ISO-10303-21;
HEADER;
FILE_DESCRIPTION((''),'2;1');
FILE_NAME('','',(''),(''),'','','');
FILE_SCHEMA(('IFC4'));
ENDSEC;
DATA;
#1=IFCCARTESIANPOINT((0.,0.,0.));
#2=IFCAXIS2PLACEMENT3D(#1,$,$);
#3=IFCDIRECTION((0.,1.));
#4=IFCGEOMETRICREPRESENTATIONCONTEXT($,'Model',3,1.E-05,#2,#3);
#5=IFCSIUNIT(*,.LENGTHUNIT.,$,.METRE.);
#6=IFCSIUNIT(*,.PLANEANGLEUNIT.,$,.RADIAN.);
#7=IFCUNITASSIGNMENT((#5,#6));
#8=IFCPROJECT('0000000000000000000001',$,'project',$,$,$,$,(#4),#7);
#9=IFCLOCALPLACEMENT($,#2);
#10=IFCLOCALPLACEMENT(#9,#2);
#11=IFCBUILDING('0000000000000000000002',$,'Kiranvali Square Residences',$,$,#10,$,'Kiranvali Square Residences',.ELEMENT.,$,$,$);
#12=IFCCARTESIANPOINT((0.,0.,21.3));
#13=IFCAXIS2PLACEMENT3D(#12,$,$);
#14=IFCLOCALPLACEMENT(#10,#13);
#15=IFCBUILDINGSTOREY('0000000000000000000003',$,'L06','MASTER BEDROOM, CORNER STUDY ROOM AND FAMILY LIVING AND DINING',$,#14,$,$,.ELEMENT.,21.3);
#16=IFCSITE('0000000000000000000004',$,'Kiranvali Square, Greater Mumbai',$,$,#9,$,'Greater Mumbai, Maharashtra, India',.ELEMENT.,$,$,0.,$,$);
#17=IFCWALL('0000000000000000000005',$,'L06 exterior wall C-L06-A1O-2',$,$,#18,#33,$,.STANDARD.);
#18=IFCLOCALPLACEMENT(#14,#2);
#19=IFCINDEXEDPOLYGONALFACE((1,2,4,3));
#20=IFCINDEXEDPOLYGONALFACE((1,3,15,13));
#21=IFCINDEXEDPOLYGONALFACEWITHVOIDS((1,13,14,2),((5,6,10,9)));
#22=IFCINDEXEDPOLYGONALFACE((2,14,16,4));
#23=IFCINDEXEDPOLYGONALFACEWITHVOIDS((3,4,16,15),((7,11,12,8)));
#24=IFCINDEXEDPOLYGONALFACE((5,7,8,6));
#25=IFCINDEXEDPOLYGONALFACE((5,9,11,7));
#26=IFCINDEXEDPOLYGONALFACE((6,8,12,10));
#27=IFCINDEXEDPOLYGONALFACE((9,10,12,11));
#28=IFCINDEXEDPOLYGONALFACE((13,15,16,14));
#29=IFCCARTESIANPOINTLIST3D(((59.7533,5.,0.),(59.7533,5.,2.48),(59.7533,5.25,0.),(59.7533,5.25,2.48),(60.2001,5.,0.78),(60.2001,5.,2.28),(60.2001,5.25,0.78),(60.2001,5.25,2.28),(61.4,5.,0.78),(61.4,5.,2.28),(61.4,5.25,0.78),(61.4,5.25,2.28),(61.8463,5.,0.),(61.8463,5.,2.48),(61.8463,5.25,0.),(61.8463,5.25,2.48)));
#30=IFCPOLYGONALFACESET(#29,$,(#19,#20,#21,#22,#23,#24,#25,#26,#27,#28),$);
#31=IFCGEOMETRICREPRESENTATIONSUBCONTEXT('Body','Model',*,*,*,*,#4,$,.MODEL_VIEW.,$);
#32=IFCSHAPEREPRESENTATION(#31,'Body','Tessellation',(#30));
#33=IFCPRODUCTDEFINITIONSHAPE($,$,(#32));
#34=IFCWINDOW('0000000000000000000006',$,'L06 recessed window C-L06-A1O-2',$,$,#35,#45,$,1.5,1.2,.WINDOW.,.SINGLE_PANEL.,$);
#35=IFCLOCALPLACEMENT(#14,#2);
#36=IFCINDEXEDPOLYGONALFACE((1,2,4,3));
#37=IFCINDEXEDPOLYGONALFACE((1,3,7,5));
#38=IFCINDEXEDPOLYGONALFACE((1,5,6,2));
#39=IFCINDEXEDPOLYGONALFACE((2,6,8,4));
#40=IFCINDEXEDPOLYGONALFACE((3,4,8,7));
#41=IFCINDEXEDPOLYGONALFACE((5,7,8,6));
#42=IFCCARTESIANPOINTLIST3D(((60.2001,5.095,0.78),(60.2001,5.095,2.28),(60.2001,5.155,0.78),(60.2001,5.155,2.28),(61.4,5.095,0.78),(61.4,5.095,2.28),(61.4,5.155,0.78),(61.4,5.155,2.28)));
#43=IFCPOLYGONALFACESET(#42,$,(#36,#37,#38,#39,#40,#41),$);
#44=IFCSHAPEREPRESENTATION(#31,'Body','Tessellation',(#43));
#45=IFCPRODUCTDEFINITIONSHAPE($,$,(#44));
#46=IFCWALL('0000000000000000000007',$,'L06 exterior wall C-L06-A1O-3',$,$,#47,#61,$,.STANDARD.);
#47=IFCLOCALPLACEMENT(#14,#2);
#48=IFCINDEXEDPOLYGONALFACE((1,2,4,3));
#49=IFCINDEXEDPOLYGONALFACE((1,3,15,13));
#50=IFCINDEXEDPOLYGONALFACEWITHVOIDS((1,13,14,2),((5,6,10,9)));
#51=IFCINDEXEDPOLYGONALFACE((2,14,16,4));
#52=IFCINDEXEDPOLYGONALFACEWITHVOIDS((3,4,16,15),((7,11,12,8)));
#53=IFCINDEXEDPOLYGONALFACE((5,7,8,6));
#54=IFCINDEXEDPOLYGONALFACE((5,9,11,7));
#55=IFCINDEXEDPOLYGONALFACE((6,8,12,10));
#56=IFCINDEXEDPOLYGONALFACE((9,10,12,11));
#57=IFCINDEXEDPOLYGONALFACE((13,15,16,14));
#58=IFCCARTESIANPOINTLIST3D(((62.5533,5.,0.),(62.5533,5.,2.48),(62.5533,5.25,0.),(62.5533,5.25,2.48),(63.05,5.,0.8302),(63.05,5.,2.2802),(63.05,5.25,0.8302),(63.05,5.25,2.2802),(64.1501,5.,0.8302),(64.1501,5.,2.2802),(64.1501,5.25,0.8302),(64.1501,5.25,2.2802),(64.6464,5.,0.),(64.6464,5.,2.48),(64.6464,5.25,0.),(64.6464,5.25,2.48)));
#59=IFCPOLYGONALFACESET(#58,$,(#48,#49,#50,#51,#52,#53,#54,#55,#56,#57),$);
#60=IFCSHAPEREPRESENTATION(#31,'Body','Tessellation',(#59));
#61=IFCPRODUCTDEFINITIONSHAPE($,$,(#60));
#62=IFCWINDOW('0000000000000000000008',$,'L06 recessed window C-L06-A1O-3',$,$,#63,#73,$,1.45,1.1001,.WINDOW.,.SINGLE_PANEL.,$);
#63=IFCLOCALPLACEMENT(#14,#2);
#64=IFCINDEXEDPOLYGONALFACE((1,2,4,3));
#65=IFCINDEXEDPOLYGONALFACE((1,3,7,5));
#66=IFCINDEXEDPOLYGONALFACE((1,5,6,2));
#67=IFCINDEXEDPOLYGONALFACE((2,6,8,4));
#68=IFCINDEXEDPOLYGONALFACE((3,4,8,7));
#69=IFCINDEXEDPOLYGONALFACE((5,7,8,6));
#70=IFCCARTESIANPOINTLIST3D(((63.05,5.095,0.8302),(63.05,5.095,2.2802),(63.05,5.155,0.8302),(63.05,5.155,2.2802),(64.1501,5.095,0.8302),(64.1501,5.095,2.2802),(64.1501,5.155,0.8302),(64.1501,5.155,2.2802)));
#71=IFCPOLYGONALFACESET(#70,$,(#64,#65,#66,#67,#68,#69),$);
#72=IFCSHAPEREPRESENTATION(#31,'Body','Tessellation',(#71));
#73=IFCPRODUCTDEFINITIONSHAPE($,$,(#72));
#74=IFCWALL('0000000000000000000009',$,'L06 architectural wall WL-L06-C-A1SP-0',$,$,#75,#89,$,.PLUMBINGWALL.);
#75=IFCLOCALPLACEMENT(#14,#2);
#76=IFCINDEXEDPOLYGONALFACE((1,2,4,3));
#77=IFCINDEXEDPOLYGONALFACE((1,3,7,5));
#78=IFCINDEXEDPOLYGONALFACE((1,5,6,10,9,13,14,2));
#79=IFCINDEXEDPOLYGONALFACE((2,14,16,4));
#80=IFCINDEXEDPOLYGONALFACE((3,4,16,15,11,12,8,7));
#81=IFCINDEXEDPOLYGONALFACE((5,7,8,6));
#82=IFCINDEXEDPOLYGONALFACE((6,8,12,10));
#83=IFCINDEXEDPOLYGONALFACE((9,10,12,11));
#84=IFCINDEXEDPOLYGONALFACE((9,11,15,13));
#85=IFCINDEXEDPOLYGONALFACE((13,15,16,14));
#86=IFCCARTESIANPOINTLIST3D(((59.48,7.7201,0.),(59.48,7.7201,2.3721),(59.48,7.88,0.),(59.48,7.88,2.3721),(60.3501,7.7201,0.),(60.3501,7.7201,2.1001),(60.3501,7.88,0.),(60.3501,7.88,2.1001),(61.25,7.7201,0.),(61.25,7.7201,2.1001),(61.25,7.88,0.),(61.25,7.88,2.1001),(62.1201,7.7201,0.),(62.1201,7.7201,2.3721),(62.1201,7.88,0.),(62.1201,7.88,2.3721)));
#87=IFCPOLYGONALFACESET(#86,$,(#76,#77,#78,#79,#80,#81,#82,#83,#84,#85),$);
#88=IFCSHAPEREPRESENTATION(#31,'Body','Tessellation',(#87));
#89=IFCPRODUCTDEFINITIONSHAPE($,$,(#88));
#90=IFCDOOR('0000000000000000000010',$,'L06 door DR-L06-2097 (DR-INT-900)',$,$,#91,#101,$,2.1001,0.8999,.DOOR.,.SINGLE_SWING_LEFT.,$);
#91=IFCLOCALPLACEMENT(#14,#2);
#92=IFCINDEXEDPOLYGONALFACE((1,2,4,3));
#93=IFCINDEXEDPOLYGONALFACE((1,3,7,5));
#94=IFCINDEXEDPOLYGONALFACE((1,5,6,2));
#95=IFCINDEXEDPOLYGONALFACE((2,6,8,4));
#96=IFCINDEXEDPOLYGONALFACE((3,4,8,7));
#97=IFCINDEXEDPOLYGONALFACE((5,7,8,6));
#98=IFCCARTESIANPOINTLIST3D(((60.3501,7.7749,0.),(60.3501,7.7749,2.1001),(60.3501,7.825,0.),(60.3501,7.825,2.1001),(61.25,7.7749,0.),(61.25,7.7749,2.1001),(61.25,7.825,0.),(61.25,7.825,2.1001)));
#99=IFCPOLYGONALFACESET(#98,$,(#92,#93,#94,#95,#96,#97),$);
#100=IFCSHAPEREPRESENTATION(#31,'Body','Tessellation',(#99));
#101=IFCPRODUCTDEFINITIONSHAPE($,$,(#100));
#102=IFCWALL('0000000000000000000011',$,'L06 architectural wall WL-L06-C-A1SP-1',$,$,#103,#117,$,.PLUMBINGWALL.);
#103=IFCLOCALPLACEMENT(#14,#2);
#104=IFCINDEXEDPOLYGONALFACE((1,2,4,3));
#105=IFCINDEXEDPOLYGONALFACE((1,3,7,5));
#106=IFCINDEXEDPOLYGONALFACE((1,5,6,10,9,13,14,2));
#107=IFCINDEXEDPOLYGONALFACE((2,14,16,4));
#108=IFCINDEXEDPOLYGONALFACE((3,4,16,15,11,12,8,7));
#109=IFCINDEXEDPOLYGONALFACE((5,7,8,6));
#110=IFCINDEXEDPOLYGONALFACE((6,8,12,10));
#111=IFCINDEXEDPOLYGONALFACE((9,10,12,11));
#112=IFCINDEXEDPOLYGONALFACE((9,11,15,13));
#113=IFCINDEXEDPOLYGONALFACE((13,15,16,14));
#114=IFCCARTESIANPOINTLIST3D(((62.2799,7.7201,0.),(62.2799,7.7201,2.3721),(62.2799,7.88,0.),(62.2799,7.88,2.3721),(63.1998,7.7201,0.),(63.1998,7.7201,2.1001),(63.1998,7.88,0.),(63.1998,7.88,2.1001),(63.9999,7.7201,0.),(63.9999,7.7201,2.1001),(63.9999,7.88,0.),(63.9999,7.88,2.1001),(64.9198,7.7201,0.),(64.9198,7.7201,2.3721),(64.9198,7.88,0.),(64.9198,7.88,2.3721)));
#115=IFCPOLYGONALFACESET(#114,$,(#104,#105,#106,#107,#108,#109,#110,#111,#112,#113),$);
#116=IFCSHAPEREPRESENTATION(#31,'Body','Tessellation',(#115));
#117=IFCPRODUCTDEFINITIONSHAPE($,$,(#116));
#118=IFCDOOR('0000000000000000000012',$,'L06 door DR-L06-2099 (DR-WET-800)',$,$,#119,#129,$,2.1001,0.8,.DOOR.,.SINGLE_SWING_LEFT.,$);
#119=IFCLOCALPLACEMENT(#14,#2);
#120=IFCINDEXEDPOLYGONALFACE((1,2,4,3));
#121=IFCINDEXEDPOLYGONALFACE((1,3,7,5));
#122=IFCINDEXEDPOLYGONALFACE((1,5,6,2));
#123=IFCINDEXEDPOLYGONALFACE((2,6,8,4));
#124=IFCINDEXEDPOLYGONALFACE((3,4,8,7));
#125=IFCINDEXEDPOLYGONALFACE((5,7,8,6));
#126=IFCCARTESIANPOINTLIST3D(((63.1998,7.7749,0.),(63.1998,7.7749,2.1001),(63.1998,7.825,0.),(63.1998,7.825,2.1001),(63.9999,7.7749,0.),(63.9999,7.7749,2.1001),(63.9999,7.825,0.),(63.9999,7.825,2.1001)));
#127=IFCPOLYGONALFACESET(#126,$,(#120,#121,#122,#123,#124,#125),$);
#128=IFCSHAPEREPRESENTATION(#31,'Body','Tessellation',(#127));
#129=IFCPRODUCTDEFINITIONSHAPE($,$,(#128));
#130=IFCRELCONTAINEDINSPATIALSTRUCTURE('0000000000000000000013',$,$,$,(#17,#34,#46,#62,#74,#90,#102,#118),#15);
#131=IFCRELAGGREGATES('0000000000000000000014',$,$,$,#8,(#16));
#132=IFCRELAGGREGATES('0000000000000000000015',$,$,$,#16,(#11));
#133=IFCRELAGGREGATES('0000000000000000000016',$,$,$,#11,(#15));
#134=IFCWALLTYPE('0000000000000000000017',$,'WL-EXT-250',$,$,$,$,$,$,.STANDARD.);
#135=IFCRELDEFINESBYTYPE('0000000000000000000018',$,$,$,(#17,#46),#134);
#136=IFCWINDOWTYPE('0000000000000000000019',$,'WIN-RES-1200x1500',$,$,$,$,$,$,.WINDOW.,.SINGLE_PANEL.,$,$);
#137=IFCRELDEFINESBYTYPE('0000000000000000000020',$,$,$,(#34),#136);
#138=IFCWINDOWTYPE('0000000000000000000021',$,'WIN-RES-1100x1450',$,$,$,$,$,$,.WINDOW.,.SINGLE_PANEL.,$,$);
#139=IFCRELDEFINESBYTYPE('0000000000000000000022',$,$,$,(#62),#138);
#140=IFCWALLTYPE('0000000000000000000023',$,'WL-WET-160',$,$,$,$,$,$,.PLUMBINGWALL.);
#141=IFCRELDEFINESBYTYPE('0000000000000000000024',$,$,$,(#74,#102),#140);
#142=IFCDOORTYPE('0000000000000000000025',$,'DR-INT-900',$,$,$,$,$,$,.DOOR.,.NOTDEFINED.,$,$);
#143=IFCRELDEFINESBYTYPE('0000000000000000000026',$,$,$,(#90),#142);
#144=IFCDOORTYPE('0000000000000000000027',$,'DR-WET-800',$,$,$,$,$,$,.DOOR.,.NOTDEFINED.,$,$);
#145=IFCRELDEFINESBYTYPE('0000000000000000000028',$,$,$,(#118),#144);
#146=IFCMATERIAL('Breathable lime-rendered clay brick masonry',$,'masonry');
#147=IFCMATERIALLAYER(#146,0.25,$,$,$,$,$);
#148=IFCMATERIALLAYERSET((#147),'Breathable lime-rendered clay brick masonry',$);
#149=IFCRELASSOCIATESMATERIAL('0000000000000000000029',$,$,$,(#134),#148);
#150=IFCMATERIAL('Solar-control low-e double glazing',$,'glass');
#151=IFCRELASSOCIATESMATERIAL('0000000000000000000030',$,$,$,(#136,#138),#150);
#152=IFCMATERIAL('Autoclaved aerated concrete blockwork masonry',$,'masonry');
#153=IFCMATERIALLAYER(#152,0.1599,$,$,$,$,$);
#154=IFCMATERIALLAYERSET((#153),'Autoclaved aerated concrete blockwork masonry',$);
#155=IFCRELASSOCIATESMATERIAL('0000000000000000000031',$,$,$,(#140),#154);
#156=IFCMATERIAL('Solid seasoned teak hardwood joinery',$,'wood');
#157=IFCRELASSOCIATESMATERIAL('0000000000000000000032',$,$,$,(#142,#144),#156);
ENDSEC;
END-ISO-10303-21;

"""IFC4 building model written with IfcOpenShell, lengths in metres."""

from ifc_helpers import new_model, si_unit, direction, frame, frame_2d, origin, place, context, subcontext, project, spatial, rectangle, extrude, material, layer, layer_set, type_object, element, fill, save


model = new_model("IFC4")

# Units and contexts
model_context = context("Model", 3, precision=1e-05, world=origin(), true_north=direction((0.0, 1.0)))
body_context = subcontext(model_context, "Body", "Model", "MODEL_VIEW")
ifc_project = project(units=[si_unit("LENGTHUNIT", "METRE"), si_unit("PLANEANGLEUNIT", "RADIAN")], contexts=[model_context])

# Site, building, storey
site_placement = place(None, origin())
site = spatial("IfcSite", under=ifc_project, at=site_placement, Name="Kiranvali Square, Greater Mumbai", LongName="Greater Mumbai, Maharashtra, India", CompositionType="ELEMENT", RefElevation=0.0)
building_placement = place(site_placement, origin())
building = spatial("IfcBuilding", under=site, at=building_placement, Name="Kiranvali Square Residences", LongName="Kiranvali Square Residences", CompositionType="ELEMENT")
storey_placement = place(building_placement, frame((0.0, 0.0, 21.3)))
storey = spatial("IfcBuildingStorey", under=building, at=storey_placement, Name="L06", Description="MASTER BEDROOM, CORNER STUDY ROOM AND FAMILY LIVING AND DINING", CompositionType="ELEMENT", Elevation=21.3)

# Walls, openings, windows
ifc_material_1 = material(Name="Breathable lime-rendered clay brick masonry", Category="masonry")
ifc_layer_1 = layer(ifc_material_1, 0.25)
ifc_layer_set_1 = layer_set([ifc_layer_1], Name="Breathable lime-rendered clay brick masonry")
wall_type_1 = type_object("IfcWallType", Name="WL-EXT-250", PredefinedType="STANDARD", material=ifc_layer_set_1)
wall_1_placement = place(storey_placement, frame((59.7534, 5.125, 0.0), z_axis=(0.0, 0.0, 1.0), x_axis=(1.0, 0.0, 0.0)))
wall_1 = element("IfcWall", 1, at=wall_1_placement, inside=storey, type_object=wall_type_1, Name="L06 exterior wall C-L06-A1O-2", PredefinedType="STANDARD", context=body_context, shape_type="SweptSolid", body=[
    extrude(rectangle(XDim=2.093, YDim=0.25, at=frame_2d((1.0464, 0.0))), origin(), (0.0, 0.0, 1.0), 2.48),
])
opening_1_placement = place(wall_1_placement, frame((0.4465, 0.0, 0.78)))
opening_1 = element("IfcOpeningElement", 2, at=opening_1_placement, cuts=wall_1, PredefinedType="OPENING", context=body_context, shape_type="SweptSolid", body=[
    extrude(rectangle(XDim=1.2, YDim=1.5, at=frame_2d((0.6001, 0.75))), frame((0.0, 0.135, 0.0), z_axis=(0.0, -1.0, 0.0), x_axis=(1.0, 0.0, 0.0)), (0.0, 0.0, 1.0), 0.27),
])
ifc_material_2 = material(Name="Solar-control low-e double glazing", Category="glass")
window_type_1 = type_object("IfcWindowType", Name="WIN-RES-1200x1500", PartitioningType="SINGLE_PANEL", PredefinedType="WINDOW", material=ifc_material_2)
window_1_placement = place(opening_1_placement, origin())
window_1 = element("IfcWindow", 3, at=window_1_placement, inside=storey, type_object=window_type_1, Name="L06 recessed window C-L06-A1O-2", OverallHeight=1.5, OverallWidth=1.2, PartitioningType="SINGLE_PANEL", PredefinedType="WINDOW", context=body_context, shape_type="SweptSolid", body=[
    extrude(rectangle(XDim=1.2, YDim=1.5, at=frame_2d((0.6001, 0.75))), frame((0.0, 0.03, 0.0), z_axis=(0.0, -1.0, 0.0), x_axis=(1.0, 0.0, 0.0)), (0.0, 0.0, 1.0), 0.0601),
])
fill(opening_1, window_1)
wall_2_placement = place(storey_placement, frame((62.5535, 5.125, 0.0), z_axis=(0.0, 0.0, 1.0), x_axis=(1.0, 0.0, 0.0)))
wall_2 = element("IfcWall", 4, at=wall_2_placement, inside=storey, type_object=wall_type_1, Name="L06 exterior wall C-L06-A1O-3", PredefinedType="STANDARD", context=body_context, shape_type="SweptSolid", body=[
    extrude(rectangle(XDim=2.093, YDim=0.25, at=frame_2d((1.0464, 0.0))), origin(), (0.0, 0.0, 1.0), 2.48),
])
opening_2_placement = place(wall_2_placement, frame((0.4966, 0.0, 0.8301)))
opening_2 = element("IfcOpeningElement", 5, at=opening_2_placement, cuts=wall_2, PredefinedType="OPENING", context=body_context, shape_type="SweptSolid", body=[
    extrude(rectangle(XDim=1.1001, YDim=1.45, at=frame_2d((0.55, 0.7251))), frame((0.0, 0.135, 0.0), z_axis=(0.0, -1.0, 0.0), x_axis=(1.0, 0.0, 0.0)), (0.0, 0.0, 1.0), 0.27),
])
window_type_2 = type_object("IfcWindowType", Name="WIN-RES-1100x1450", PartitioningType="SINGLE_PANEL", PredefinedType="WINDOW", material=ifc_material_2)
window_2_placement = place(opening_2_placement, origin())
window_2 = element("IfcWindow", 6, at=window_2_placement, inside=storey, type_object=window_type_2, Name="L06 recessed window C-L06-A1O-3", OverallHeight=1.45, OverallWidth=1.1001, PartitioningType="SINGLE_PANEL", PredefinedType="WINDOW", context=body_context, shape_type="SweptSolid", body=[
    extrude(rectangle(XDim=1.1001, YDim=1.45, at=frame_2d((0.55, 0.7251))), frame((0.0, 0.03, 0.0), z_axis=(0.0, -1.0, 0.0), x_axis=(1.0, 0.0, 0.0)), (0.0, 0.0, 1.0), 0.0601),
])
fill(opening_2, window_2)

# Walls, openings, doors
ifc_material_3 = material(Name="Autoclaved aerated concrete blockwork masonry", Category="masonry")
ifc_layer_2 = layer(ifc_material_3, 0.1599)
ifc_layer_set_2 = layer_set([ifc_layer_2], Name="Autoclaved aerated concrete blockwork masonry")
wall_type_2 = type_object("IfcWallType", Name="WL-WET-160", PredefinedType="PLUMBINGWALL", material=ifc_layer_set_2)
wall_3_placement = place(storey_placement, frame((59.48, 7.8, 0.0), z_axis=(0.0, 0.0, 1.0), x_axis=(1.0, 0.0, 0.0)))
wall_3 = element("IfcWall", 7, at=wall_3_placement, inside=storey, type_object=wall_type_2, Name="L06 architectural wall WL-L06-C-A1SP-0", PredefinedType="PLUMBINGWALL", context=body_context, shape_type="SweptSolid", body=[
    extrude(rectangle(XDim=2.6401, YDim=0.1599, at=frame_2d((1.3201, 0.0))), origin(), (0.0, 0.0, 1.0), 2.3721),
])
opening_3_placement = place(wall_3_placement, frame((0.8701, 0.0, 0.0)))
opening_3 = element("IfcOpeningElement", 8, at=opening_3_placement, cuts=wall_3, PredefinedType="OPENING", context=body_context, shape_type="SweptSolid", body=[
    extrude(rectangle(XDim=0.8999, YDim=2.1001, at=frame_2d((0.45, 1.05))), frame((0.0, 0.0898, 0.0), z_axis=(0.0, -1.0, 0.0), x_axis=(1.0, 0.0, 0.0)), (0.0, 0.0, 1.0), 0.1799),
])
ifc_material_4 = material(Name="Solid seasoned teak hardwood joinery", Category="wood")
door_type_1 = type_object("IfcDoorType", Name="DR-INT-900", OperationType="NOTDEFINED", PredefinedType="DOOR", material=ifc_material_4)
door_1_placement = place(opening_3_placement, origin())
door_1 = element("IfcDoor", 9, at=door_1_placement, inside=storey, type_object=door_type_1, Name="L06 door DR-L06-2097 (DR-INT-900)", OperationType="SINGLE_SWING_LEFT", OverallHeight=2.1001, OverallWidth=0.8999, PredefinedType="DOOR", context=body_context, shape_type="SweptSolid", body=[
    extrude(rectangle(XDim=0.8999, YDim=2.1001, at=frame_2d((0.45, 1.05))), frame((0.0, 0.0249, 0.0), z_axis=(0.0, -1.0, 0.0), x_axis=(1.0, 0.0, 0.0)), (0.0, 0.0, 1.0), 0.05),
])
fill(opening_3, door_1)
wall_4_placement = place(storey_placement, frame((62.28, 7.8, 0.0), z_axis=(0.0, 0.0, 1.0), x_axis=(1.0, 0.0, 0.0)))
wall_4 = element("IfcWall", 10, at=wall_4_placement, inside=storey, type_object=wall_type_2, Name="L06 architectural wall WL-L06-C-A1SP-1", PredefinedType="PLUMBINGWALL", context=body_context, shape_type="SweptSolid", body=[
    extrude(rectangle(XDim=2.6399, YDim=0.1599, at=frame_2d((1.3198, 0.0))), origin(), (0.0, 0.0, 1.0), 2.3721),
])
opening_4_placement = place(wall_4_placement, frame((0.9199, 0.0, 0.0)))
opening_4 = element("IfcOpeningElement", 11, at=opening_4_placement, cuts=wall_4, PredefinedType="OPENING", context=body_context, shape_type="SweptSolid", body=[
    extrude(rectangle(XDim=0.8, YDim=2.1001, at=frame_2d((0.3999, 1.05))), frame((0.0, 0.0898, 0.0), z_axis=(0.0, -1.0, 0.0), x_axis=(1.0, 0.0, 0.0)), (0.0, 0.0, 1.0), 0.1799),
])
door_type_2 = type_object("IfcDoorType", Name="DR-WET-800", OperationType="NOTDEFINED", PredefinedType="DOOR", material=ifc_material_4)
door_2_placement = place(opening_4_placement, origin())
door_2 = element("IfcDoor", 12, at=door_2_placement, inside=storey, type_object=door_type_2, Name="L06 door DR-L06-2099 (DR-WET-800)", OperationType="SINGLE_SWING_LEFT", OverallHeight=2.1001, OverallWidth=0.8, PredefinedType="DOOR", context=body_context, shape_type="SweptSolid", body=[
    extrude(rectangle(XDim=0.8, YDim=2.1001, at=frame_2d((0.3999, 1.05))), frame((0.0, 0.0249, 0.0), z_axis=(0.0, -1.0, 0.0), x_axis=(1.0, 0.0, 0.0)), (0.0, 0.0, 1.0), 0.05),
])
fill(opening_4, door_2)

save(model, "model.ifc")
